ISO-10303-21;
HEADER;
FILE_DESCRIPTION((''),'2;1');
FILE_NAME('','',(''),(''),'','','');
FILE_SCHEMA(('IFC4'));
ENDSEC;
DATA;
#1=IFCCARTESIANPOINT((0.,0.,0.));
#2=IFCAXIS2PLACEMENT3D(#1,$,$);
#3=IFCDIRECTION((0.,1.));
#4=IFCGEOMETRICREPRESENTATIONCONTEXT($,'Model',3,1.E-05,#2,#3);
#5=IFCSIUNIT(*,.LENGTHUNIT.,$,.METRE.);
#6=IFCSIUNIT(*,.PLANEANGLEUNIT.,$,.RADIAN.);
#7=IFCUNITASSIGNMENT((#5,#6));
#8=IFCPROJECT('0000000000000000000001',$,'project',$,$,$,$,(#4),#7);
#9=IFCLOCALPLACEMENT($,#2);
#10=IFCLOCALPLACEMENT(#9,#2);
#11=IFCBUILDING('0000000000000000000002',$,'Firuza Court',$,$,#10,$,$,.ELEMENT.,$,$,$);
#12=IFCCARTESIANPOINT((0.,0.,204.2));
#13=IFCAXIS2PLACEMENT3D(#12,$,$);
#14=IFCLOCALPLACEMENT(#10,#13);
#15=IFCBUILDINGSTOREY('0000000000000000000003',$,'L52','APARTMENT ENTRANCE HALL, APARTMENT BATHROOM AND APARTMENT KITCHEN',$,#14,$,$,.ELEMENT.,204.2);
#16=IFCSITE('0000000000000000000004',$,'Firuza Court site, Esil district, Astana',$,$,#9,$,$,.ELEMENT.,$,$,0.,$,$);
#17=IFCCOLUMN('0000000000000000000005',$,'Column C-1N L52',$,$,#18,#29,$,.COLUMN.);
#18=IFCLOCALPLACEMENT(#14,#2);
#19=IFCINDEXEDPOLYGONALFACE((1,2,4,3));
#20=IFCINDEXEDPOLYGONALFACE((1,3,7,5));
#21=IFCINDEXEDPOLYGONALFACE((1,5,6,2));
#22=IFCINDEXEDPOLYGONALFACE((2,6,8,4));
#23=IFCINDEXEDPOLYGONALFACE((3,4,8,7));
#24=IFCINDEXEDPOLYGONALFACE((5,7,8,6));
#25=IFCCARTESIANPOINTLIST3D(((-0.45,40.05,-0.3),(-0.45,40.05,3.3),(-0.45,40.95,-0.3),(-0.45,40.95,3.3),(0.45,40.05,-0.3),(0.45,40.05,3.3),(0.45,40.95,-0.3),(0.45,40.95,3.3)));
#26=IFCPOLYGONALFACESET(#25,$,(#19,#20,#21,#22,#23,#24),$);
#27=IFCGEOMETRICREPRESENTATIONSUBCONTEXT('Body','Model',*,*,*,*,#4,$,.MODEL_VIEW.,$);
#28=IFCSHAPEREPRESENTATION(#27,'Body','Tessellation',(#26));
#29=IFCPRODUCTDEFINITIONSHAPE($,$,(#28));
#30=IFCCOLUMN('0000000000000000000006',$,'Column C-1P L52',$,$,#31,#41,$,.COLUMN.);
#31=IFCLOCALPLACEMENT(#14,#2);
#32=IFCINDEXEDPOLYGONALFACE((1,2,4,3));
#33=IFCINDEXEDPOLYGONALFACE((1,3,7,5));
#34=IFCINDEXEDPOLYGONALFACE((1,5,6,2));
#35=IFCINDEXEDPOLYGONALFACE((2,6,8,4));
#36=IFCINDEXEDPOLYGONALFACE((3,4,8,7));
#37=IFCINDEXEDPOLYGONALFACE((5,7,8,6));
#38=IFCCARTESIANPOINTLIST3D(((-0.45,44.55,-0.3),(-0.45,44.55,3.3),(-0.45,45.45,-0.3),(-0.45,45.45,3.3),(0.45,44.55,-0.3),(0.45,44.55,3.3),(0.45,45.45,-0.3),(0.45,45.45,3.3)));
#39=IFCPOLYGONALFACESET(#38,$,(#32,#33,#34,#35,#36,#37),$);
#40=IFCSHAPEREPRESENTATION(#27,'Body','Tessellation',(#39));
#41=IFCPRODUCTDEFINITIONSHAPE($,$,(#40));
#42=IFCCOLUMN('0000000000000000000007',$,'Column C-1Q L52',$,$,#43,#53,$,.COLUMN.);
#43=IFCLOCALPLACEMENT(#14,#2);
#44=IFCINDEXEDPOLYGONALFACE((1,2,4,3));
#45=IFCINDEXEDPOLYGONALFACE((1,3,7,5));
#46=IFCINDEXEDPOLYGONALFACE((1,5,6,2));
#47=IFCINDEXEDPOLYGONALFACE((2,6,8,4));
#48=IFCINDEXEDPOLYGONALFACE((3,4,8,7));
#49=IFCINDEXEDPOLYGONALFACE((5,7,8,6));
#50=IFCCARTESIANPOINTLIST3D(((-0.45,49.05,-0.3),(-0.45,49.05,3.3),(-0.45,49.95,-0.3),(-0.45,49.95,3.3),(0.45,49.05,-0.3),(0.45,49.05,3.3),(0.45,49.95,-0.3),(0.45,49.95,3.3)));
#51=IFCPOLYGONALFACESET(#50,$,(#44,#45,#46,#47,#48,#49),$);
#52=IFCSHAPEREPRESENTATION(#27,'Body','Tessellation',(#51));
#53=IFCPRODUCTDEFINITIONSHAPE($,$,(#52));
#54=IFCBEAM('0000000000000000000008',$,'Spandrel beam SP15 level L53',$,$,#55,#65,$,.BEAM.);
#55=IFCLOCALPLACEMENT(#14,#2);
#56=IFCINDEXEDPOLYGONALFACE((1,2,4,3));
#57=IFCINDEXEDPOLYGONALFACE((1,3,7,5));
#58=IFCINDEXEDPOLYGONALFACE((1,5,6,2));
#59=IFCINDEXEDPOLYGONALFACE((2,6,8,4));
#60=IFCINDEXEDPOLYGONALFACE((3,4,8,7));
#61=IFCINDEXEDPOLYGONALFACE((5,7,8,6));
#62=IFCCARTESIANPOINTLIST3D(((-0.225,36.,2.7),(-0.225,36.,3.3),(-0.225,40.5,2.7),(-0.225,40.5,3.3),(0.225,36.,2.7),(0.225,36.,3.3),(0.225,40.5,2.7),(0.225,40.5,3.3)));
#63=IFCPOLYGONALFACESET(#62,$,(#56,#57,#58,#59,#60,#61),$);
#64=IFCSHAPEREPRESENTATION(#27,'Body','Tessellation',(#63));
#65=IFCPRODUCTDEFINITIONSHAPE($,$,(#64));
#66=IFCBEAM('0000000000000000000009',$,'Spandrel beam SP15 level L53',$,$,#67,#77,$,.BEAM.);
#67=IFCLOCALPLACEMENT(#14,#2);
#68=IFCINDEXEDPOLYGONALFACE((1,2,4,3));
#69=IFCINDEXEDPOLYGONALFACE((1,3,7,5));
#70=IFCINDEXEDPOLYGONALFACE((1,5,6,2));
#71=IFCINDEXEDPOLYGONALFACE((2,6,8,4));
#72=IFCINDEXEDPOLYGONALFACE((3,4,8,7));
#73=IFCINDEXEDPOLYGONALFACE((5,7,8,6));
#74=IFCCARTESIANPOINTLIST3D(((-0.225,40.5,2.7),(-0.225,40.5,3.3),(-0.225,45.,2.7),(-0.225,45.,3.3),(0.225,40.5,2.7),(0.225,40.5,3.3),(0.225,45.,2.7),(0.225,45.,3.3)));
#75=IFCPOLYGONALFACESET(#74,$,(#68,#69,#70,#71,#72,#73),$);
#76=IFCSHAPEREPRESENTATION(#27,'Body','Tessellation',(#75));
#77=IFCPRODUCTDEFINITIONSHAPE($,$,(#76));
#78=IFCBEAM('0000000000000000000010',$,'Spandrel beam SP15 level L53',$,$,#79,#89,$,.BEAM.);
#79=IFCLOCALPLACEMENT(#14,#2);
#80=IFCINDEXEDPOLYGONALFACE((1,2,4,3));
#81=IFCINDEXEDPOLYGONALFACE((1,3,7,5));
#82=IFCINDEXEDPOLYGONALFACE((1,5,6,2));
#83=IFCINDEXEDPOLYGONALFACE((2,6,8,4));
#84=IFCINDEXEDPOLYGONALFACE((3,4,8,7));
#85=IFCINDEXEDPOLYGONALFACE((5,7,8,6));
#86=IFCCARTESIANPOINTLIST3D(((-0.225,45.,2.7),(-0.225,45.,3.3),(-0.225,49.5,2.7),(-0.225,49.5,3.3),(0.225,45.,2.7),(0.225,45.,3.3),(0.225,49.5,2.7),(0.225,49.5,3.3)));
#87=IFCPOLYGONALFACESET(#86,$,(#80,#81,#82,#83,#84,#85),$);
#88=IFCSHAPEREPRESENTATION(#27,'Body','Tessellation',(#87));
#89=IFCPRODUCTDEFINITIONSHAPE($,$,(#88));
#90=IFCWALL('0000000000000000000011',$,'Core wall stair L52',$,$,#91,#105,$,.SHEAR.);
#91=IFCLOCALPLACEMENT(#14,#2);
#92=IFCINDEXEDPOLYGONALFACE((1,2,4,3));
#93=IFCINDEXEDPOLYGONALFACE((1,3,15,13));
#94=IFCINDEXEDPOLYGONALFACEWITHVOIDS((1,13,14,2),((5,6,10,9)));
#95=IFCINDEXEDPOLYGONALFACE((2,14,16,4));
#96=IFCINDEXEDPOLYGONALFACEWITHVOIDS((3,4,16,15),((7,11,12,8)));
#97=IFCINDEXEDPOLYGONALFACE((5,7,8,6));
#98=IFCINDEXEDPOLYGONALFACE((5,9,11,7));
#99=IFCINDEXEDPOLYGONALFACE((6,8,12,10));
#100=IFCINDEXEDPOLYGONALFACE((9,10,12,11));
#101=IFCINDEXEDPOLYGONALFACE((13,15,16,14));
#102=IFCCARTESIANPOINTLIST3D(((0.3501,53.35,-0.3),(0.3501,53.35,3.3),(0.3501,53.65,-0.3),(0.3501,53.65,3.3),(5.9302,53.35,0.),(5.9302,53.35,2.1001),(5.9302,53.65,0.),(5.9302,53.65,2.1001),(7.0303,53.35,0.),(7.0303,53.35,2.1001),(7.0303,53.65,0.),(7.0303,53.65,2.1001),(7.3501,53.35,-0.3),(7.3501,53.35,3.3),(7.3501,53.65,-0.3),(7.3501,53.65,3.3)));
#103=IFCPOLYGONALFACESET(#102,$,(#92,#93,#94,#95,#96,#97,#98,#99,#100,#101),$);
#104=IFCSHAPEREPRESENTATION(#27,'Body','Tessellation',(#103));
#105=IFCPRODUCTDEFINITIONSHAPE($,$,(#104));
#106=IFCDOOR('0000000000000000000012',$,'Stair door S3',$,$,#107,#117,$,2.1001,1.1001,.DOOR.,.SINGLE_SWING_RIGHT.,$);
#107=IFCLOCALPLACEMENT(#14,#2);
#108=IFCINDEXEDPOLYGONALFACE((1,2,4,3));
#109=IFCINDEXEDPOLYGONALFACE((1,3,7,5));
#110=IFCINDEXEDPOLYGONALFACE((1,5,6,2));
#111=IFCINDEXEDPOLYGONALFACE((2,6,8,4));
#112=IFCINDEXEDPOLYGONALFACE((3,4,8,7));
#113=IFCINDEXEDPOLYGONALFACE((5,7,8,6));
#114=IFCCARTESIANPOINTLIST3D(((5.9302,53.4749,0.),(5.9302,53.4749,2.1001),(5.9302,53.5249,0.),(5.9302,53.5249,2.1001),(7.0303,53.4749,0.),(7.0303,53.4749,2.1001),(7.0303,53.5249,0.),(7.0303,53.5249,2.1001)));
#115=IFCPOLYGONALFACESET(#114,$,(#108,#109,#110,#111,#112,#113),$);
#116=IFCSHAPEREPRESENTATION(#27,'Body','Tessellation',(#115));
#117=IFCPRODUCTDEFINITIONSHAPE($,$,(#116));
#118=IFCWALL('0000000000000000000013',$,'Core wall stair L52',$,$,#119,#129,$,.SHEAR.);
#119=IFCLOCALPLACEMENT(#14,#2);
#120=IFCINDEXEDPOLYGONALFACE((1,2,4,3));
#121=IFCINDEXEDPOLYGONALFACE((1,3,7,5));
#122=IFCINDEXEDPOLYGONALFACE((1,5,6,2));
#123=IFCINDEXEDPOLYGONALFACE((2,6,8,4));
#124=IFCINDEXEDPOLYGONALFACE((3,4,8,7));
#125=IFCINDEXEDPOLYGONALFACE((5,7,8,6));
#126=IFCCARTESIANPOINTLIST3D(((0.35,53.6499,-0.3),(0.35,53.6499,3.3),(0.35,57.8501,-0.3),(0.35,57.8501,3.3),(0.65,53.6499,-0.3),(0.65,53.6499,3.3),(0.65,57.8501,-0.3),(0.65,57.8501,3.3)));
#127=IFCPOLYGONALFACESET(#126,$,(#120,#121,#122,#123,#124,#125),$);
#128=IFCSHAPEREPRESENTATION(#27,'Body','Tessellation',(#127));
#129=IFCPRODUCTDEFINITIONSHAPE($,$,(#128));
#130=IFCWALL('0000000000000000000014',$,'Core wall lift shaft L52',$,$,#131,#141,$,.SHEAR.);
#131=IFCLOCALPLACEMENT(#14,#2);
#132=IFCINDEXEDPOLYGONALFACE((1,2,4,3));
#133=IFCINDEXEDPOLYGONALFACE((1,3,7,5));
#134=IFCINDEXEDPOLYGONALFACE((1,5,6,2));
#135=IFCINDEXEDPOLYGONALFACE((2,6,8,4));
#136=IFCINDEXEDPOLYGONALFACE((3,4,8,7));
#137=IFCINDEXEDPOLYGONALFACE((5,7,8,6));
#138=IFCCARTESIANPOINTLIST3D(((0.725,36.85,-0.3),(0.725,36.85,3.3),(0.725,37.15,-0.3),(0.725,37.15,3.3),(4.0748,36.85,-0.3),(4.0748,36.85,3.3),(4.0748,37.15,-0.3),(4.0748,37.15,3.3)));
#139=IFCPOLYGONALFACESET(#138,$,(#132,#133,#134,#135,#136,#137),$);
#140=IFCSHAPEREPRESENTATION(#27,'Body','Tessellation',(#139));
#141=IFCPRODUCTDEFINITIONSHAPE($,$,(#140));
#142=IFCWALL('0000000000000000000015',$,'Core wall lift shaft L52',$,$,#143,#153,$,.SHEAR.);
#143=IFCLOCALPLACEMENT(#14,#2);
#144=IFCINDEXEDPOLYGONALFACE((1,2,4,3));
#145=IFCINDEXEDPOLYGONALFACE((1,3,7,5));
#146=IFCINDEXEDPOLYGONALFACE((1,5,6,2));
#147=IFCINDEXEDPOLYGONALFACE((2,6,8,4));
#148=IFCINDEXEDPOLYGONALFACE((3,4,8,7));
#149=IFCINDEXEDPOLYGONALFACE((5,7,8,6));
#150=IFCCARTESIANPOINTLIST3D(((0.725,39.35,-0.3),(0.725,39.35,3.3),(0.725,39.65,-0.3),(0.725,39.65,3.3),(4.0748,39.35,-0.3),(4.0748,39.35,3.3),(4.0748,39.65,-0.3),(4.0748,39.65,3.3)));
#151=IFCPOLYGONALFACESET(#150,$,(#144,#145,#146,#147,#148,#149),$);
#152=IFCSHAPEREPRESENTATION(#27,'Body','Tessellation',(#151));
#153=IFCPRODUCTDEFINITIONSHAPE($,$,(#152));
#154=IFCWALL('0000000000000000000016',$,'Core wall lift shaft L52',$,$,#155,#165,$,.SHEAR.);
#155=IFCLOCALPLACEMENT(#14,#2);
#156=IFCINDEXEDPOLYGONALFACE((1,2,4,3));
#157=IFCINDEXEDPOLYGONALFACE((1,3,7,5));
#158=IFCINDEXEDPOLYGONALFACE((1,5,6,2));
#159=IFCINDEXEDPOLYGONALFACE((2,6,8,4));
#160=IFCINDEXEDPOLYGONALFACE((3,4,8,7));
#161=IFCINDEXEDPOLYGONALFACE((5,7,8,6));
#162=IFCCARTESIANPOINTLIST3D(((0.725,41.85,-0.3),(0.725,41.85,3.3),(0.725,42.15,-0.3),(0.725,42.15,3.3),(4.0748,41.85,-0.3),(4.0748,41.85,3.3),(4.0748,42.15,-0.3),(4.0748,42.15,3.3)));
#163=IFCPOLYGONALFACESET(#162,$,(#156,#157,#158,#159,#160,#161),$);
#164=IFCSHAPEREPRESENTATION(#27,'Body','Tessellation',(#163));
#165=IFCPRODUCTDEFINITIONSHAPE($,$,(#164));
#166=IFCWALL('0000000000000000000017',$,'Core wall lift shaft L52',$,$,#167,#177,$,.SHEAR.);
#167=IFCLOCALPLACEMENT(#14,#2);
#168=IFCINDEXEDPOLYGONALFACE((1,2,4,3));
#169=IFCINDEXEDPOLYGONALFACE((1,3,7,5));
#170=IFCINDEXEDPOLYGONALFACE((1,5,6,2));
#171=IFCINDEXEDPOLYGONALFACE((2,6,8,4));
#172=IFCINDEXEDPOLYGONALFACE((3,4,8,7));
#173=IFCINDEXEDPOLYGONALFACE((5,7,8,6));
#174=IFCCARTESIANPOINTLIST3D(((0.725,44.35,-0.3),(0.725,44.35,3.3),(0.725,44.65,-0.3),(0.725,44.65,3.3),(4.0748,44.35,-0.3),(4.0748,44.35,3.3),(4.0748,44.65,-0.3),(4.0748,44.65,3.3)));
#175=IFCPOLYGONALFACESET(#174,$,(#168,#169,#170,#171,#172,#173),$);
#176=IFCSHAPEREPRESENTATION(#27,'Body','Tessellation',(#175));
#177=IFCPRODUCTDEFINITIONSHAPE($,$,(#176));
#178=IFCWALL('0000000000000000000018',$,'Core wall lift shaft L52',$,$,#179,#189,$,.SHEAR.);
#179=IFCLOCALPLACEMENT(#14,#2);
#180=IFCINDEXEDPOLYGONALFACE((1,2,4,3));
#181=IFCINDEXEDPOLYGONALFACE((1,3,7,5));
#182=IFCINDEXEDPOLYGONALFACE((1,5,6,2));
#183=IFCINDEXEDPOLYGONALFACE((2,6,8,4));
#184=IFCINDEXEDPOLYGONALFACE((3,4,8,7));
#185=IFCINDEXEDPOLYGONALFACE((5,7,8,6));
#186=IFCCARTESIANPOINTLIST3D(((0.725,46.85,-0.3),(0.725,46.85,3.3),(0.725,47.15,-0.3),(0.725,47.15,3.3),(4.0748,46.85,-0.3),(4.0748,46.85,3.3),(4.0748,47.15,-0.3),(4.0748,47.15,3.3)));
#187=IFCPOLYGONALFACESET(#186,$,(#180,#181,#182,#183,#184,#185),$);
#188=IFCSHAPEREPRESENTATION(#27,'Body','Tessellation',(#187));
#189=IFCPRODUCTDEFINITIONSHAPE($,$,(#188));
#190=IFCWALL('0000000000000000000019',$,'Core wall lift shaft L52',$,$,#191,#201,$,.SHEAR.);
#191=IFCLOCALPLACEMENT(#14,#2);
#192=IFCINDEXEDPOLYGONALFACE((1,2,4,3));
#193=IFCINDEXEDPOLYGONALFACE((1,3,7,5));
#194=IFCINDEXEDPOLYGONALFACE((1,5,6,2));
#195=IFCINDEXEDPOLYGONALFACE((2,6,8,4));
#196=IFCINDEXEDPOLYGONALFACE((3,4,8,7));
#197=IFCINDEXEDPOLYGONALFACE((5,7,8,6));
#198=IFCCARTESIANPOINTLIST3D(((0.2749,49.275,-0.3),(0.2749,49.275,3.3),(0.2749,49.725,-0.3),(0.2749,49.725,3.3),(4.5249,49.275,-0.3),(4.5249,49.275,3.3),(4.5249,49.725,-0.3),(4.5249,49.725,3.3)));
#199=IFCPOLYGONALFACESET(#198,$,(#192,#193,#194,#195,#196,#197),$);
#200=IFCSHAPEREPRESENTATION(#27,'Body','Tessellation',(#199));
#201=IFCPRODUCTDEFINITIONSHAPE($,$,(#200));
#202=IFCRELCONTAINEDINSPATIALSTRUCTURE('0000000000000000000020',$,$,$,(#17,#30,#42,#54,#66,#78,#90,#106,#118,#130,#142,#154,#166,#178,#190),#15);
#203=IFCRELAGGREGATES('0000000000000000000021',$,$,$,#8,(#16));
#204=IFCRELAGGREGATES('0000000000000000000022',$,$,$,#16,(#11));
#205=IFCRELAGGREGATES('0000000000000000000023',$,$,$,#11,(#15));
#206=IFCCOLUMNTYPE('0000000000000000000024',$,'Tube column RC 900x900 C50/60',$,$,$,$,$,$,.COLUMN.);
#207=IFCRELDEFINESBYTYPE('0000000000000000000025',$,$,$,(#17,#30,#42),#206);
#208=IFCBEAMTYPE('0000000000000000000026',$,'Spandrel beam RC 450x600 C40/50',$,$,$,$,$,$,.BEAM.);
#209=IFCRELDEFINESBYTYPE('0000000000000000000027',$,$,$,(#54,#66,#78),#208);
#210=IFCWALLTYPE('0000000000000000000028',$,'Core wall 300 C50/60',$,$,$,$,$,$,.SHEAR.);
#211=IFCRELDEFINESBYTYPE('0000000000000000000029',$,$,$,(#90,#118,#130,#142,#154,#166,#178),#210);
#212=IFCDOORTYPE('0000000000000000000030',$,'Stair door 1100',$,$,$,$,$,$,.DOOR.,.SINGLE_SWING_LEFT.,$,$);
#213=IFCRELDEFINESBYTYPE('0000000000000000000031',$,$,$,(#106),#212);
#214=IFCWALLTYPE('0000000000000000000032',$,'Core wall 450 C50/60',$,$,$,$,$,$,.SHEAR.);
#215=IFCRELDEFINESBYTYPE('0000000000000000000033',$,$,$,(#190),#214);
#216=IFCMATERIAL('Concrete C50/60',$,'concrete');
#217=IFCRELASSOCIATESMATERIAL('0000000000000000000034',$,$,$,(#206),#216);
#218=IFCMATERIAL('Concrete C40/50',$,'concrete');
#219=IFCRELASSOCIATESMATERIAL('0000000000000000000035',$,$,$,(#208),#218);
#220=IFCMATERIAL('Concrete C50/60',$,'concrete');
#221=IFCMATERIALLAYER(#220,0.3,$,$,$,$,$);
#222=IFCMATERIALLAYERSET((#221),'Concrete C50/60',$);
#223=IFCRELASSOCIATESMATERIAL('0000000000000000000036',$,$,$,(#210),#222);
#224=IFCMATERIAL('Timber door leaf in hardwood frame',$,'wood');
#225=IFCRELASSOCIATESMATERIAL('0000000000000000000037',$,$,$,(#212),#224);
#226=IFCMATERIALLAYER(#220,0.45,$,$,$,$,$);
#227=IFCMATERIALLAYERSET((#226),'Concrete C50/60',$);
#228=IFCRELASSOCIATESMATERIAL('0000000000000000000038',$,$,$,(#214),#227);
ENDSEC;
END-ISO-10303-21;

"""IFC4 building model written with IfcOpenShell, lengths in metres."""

from ifc_helpers import new_model, si_unit, direction, frame, frame_2d, origin, origin_2d, place, context, subcontext, project, spatial, rectangle, extrude, material, layer, layer_set, material_profile, profile_set, type_object, element, fill, save


model = new_model("IFC4")

# Units and contexts
model_context = context("Model", 3, precision=1e-05, world=origin(), true_north=direction((0.0, 1.0)))
body_context = subcontext(model_context, "Body", "Model", "MODEL_VIEW")
ifc_project = project(units=[si_unit("LENGTHUNIT", "METRE"), si_unit("PLANEANGLEUNIT", "RADIAN")], contexts=[model_context])

# Site, building, storey
site_placement = place(None, origin())
site = spatial("IfcSite", under=ifc_project, at=site_placement, Name="Firuza Court site, Esil district, Astana", CompositionType="ELEMENT", RefElevation=0.0)
building_placement = place(site_placement, origin())
building = spatial("IfcBuilding", under=site, at=building_placement, Name="Firuza Court", CompositionType="ELEMENT")
storey_placement = place(building_placement, frame((0.0, 0.0, 204.2)))
storey = spatial("IfcBuildingStorey", under=building, at=storey_placement, Name="L52", Description="APARTMENT ENTRANCE HALL, APARTMENT BATHROOM AND APARTMENT KITCHEN", CompositionType="ELEMENT", Elevation=204.2)

# Columns
ifc_material_1 = material(Name="Concrete C50/60", Category="concrete")
ifc_material_profile_1 = material_profile(ifc_material_1, rectangle(XDim=0.8999, YDim=0.8999, at=origin_2d()), Name="RC 900x900")
ifc_profile_set_1 = profile_set([ifc_material_profile_1], Name="Concrete C50/60")
column_type = type_object("IfcColumnType", Name="Tube column RC 900x900 C50/60", PredefinedType="COLUMN", material=ifc_profile_set_1)
for number, where, z_axis, x_axis, name in (
    (1, (0.0, 40.5, -0.3), (0.0, 0.0, 1.0), (1.0, 0.0, 0.0), "Column C-1N L52"),
    (2, (0.0, 45.0, -0.3), (0.0, 0.0, 1.0), (1.0, 0.0, 0.0), "Column C-1P L52"),
    (3, (0.0, 49.5, -0.3), (0.0, 0.0, 1.0), (1.0, 0.0, 0.0), "Column C-1Q L52"),
):
    element("IfcColumn", number, at=place(storey_placement, frame(where, z_axis=z_axis, x_axis=x_axis)), inside=storey, type_object=column_type, Name=name, PredefinedType="COLUMN", context=body_context, shape_type="SweptSolid", body=[
        extrude(rectangle(XDim=0.8999, YDim=0.8999, at=origin_2d()), origin(), (0.0, 0.0, 1.0), 3.6001),
    ])

# Beams
ifc_material_2 = material(Name="Concrete C40/50", Category="concrete")
ifc_material_profile_2 = material_profile(ifc_material_2, rectangle(XDim=0.45, YDim=0.6001, at=origin_2d()), Name="RC 450x600")
ifc_profile_set_2 = profile_set([ifc_material_profile_2], Name="Concrete C40/50")
beam_type = type_object("IfcBeamType", Name="Spandrel beam RC 450x600 C40/50", PredefinedType="BEAM", material=ifc_profile_set_2)
for number, where, z_axis, x_axis, name in (
    (4, (0.0, 40.5, 3.0), (0.0, -1.0, 0.0), (1.0, 0.0, 0.0), "Spandrel beam SP15 level L53"),
    (5, (0.0, 45.0, 3.0), (0.0, -1.0, 0.0), (1.0, 0.0, 0.0), "Spandrel beam SP15 level L53"),
    (6, (0.0, 49.5, 3.0), (0.0, -1.0, 0.0), (1.0, 0.0, 0.0), "Spandrel beam SP15 level L53"),
):
    element("IfcBeam", number, at=place(storey_placement, frame(where, z_axis=z_axis, x_axis=x_axis)), inside=storey, type_object=beam_type, Name=name, PredefinedType="BEAM", context=body_context, shape_type="SweptSolid", body=[
        extrude(rectangle(XDim=0.45, YDim=0.6001, at=origin_2d()), origin(), (0.0, 0.0, 1.0), 4.5),
    ])

# Wall, opening, door
ifc_material_3 = material(Name="Concrete C50/60", Category="concrete")
ifc_layer_1 = layer(ifc_material_3, 0.3)
ifc_layer_set_1 = layer_set([ifc_layer_1], Name="Concrete C50/60")
wall_type_1 = type_object("IfcWallType", Name="Core wall 300 C50/60", PredefinedType="SHEAR", material=ifc_layer_set_1)
wall_1_placement = place(storey_placement, frame((0.3501, 53.5, -0.3), z_axis=(0.0, 0.0, 1.0), x_axis=(1.0, 0.0, 0.0)))
wall_1 = element("IfcWall", 7, at=wall_1_placement, inside=storey, type_object=wall_type_1, Name="Core wall stair L52", PredefinedType="SHEAR", context=body_context, shape_type="SweptSolid", body=[
    extrude(rectangle(XDim=7.0, YDim=0.3, at=frame_2d((3.5, 0.0))), origin(), (0.0, 0.0, 1.0), 3.6001),
])
opening_1_placement = place(wall_1_placement, frame((5.5801, 0.0, 0.3)))
opening_1 = element("IfcOpeningElement", 8, at=opening_1_placement, cuts=wall_1, PredefinedType="OPENING", context=body_context, shape_type="SweptSolid", body=[
    extrude(rectangle(XDim=1.1001, YDim=2.1001, at=frame_2d((0.55, 1.05))), frame((0.0, 0.1621, 0.0), z_axis=(0.0, -1.0, 0.0), x_axis=(1.0, 0.0, 0.0)), (0.0, 0.0, 1.0), 0.324),
])
ifc_material_4 = material(Name="Timber door leaf in hardwood frame", Category="wood")
door_type_1 = type_object("IfcDoorType", Name="Stair door 1100", OperationType="SINGLE_SWING_LEFT", PredefinedType="DOOR", material=ifc_material_4)
door_1_placement = place(opening_1_placement, origin())
door_1 = element("IfcDoor", 9, at=door_1_placement, inside=storey, type_object=door_type_1, Name="Stair door S3", OperationType="SINGLE_SWING_RIGHT", OverallHeight=2.1001, OverallWidth=1.1001, PredefinedType="DOOR", context=body_context, shape_type="SweptSolid", body=[
    extrude(rectangle(XDim=1.1001, YDim=2.1001, at=frame_2d((0.55, 1.05))), frame((0.0, 0.0249, 0.0), z_axis=(0.0, -1.0, 0.0), x_axis=(1.0, 0.0, 0.0)), (0.0, 0.0, 1.0), 0.05),
])
fill(opening_1, door_1)

# Walls
wall_2_placement = place(storey_placement, frame((0.5, 53.6499, -0.3), z_axis=(0.0, 0.0, 1.0), x_axis=(0.0, 1.0, 0.0)))
element("IfcWall", 10, at=wall_2_placement, inside=storey, type_object=wall_type_1, Name="Core wall stair L52", PredefinedType="SHEAR", context=body_context, shape_type="SweptSolid", body=[
    extrude(rectangle(XDim=4.2002, YDim=0.3, at=frame_2d((2.1001, 0.0))), origin(), (0.0, 0.0, 1.0), 3.6001),
])
for number, where, z_axis, x_axis, name in (
    (11, (0.7251, 37.0, -0.3), (0.0, 0.0, 1.0), (1.0, 0.0, 0.0), "Core wall lift shaft L52"),
    (12, (0.7251, 39.5, -0.3), (0.0, 0.0, 1.0), (1.0, 0.0, 0.0), "Core wall lift shaft L52"),
    (13, (0.7251, 42.0, -0.3), (0.0, 0.0, 1.0), (1.0, 0.0, 0.0), "Core wall lift shaft L52"),
    (14, (0.7251, 44.5, -0.3), (0.0, 0.0, 1.0), (1.0, 0.0, 0.0), "Core wall lift shaft L52"),
    (15, (0.7251, 47.0, -0.3), (0.0, 0.0, 1.0), (1.0, 0.0, 0.0), "Core wall lift shaft L52"),
):
    element("IfcWall", number, at=place(storey_placement, frame(where, z_axis=z_axis, x_axis=x_axis)), inside=storey, type_object=wall_type_1, Name=name, PredefinedType="SHEAR", context=body_context, shape_type="SweptSolid", body=[
        extrude(rectangle(XDim=3.3499, YDim=0.3, at=frame_2d((1.6748, 0.0))), origin(), (0.0, 0.0, 1.0), 3.6001),
    ])
ifc_layer_2 = layer(ifc_material_3, 0.45)
ifc_layer_set_2 = layer_set([ifc_layer_2], Name="Concrete C50/60")
wall_type_2 = type_object("IfcWallType", Name="Core wall 450 C50/60", PredefinedType="SHEAR", material=ifc_layer_set_2)
wall_3_placement = place(storey_placement, frame((0.2749, 49.5, -0.3), z_axis=(0.0, 0.0, 1.0), x_axis=(1.0, 0.0, 0.0)))
element("IfcWall", 16, at=wall_3_placement, inside=storey, type_object=wall_type_2, Name="Core wall lift shaft L52", PredefinedType="SHEAR", context=body_context, shape_type="SweptSolid", body=[
    extrude(rectangle(XDim=4.25, YDim=0.45, at=frame_2d((2.125, 0.0))), origin(), (0.0, 0.0, 1.0), 3.6001),
])

save(model, "model.ifc")
